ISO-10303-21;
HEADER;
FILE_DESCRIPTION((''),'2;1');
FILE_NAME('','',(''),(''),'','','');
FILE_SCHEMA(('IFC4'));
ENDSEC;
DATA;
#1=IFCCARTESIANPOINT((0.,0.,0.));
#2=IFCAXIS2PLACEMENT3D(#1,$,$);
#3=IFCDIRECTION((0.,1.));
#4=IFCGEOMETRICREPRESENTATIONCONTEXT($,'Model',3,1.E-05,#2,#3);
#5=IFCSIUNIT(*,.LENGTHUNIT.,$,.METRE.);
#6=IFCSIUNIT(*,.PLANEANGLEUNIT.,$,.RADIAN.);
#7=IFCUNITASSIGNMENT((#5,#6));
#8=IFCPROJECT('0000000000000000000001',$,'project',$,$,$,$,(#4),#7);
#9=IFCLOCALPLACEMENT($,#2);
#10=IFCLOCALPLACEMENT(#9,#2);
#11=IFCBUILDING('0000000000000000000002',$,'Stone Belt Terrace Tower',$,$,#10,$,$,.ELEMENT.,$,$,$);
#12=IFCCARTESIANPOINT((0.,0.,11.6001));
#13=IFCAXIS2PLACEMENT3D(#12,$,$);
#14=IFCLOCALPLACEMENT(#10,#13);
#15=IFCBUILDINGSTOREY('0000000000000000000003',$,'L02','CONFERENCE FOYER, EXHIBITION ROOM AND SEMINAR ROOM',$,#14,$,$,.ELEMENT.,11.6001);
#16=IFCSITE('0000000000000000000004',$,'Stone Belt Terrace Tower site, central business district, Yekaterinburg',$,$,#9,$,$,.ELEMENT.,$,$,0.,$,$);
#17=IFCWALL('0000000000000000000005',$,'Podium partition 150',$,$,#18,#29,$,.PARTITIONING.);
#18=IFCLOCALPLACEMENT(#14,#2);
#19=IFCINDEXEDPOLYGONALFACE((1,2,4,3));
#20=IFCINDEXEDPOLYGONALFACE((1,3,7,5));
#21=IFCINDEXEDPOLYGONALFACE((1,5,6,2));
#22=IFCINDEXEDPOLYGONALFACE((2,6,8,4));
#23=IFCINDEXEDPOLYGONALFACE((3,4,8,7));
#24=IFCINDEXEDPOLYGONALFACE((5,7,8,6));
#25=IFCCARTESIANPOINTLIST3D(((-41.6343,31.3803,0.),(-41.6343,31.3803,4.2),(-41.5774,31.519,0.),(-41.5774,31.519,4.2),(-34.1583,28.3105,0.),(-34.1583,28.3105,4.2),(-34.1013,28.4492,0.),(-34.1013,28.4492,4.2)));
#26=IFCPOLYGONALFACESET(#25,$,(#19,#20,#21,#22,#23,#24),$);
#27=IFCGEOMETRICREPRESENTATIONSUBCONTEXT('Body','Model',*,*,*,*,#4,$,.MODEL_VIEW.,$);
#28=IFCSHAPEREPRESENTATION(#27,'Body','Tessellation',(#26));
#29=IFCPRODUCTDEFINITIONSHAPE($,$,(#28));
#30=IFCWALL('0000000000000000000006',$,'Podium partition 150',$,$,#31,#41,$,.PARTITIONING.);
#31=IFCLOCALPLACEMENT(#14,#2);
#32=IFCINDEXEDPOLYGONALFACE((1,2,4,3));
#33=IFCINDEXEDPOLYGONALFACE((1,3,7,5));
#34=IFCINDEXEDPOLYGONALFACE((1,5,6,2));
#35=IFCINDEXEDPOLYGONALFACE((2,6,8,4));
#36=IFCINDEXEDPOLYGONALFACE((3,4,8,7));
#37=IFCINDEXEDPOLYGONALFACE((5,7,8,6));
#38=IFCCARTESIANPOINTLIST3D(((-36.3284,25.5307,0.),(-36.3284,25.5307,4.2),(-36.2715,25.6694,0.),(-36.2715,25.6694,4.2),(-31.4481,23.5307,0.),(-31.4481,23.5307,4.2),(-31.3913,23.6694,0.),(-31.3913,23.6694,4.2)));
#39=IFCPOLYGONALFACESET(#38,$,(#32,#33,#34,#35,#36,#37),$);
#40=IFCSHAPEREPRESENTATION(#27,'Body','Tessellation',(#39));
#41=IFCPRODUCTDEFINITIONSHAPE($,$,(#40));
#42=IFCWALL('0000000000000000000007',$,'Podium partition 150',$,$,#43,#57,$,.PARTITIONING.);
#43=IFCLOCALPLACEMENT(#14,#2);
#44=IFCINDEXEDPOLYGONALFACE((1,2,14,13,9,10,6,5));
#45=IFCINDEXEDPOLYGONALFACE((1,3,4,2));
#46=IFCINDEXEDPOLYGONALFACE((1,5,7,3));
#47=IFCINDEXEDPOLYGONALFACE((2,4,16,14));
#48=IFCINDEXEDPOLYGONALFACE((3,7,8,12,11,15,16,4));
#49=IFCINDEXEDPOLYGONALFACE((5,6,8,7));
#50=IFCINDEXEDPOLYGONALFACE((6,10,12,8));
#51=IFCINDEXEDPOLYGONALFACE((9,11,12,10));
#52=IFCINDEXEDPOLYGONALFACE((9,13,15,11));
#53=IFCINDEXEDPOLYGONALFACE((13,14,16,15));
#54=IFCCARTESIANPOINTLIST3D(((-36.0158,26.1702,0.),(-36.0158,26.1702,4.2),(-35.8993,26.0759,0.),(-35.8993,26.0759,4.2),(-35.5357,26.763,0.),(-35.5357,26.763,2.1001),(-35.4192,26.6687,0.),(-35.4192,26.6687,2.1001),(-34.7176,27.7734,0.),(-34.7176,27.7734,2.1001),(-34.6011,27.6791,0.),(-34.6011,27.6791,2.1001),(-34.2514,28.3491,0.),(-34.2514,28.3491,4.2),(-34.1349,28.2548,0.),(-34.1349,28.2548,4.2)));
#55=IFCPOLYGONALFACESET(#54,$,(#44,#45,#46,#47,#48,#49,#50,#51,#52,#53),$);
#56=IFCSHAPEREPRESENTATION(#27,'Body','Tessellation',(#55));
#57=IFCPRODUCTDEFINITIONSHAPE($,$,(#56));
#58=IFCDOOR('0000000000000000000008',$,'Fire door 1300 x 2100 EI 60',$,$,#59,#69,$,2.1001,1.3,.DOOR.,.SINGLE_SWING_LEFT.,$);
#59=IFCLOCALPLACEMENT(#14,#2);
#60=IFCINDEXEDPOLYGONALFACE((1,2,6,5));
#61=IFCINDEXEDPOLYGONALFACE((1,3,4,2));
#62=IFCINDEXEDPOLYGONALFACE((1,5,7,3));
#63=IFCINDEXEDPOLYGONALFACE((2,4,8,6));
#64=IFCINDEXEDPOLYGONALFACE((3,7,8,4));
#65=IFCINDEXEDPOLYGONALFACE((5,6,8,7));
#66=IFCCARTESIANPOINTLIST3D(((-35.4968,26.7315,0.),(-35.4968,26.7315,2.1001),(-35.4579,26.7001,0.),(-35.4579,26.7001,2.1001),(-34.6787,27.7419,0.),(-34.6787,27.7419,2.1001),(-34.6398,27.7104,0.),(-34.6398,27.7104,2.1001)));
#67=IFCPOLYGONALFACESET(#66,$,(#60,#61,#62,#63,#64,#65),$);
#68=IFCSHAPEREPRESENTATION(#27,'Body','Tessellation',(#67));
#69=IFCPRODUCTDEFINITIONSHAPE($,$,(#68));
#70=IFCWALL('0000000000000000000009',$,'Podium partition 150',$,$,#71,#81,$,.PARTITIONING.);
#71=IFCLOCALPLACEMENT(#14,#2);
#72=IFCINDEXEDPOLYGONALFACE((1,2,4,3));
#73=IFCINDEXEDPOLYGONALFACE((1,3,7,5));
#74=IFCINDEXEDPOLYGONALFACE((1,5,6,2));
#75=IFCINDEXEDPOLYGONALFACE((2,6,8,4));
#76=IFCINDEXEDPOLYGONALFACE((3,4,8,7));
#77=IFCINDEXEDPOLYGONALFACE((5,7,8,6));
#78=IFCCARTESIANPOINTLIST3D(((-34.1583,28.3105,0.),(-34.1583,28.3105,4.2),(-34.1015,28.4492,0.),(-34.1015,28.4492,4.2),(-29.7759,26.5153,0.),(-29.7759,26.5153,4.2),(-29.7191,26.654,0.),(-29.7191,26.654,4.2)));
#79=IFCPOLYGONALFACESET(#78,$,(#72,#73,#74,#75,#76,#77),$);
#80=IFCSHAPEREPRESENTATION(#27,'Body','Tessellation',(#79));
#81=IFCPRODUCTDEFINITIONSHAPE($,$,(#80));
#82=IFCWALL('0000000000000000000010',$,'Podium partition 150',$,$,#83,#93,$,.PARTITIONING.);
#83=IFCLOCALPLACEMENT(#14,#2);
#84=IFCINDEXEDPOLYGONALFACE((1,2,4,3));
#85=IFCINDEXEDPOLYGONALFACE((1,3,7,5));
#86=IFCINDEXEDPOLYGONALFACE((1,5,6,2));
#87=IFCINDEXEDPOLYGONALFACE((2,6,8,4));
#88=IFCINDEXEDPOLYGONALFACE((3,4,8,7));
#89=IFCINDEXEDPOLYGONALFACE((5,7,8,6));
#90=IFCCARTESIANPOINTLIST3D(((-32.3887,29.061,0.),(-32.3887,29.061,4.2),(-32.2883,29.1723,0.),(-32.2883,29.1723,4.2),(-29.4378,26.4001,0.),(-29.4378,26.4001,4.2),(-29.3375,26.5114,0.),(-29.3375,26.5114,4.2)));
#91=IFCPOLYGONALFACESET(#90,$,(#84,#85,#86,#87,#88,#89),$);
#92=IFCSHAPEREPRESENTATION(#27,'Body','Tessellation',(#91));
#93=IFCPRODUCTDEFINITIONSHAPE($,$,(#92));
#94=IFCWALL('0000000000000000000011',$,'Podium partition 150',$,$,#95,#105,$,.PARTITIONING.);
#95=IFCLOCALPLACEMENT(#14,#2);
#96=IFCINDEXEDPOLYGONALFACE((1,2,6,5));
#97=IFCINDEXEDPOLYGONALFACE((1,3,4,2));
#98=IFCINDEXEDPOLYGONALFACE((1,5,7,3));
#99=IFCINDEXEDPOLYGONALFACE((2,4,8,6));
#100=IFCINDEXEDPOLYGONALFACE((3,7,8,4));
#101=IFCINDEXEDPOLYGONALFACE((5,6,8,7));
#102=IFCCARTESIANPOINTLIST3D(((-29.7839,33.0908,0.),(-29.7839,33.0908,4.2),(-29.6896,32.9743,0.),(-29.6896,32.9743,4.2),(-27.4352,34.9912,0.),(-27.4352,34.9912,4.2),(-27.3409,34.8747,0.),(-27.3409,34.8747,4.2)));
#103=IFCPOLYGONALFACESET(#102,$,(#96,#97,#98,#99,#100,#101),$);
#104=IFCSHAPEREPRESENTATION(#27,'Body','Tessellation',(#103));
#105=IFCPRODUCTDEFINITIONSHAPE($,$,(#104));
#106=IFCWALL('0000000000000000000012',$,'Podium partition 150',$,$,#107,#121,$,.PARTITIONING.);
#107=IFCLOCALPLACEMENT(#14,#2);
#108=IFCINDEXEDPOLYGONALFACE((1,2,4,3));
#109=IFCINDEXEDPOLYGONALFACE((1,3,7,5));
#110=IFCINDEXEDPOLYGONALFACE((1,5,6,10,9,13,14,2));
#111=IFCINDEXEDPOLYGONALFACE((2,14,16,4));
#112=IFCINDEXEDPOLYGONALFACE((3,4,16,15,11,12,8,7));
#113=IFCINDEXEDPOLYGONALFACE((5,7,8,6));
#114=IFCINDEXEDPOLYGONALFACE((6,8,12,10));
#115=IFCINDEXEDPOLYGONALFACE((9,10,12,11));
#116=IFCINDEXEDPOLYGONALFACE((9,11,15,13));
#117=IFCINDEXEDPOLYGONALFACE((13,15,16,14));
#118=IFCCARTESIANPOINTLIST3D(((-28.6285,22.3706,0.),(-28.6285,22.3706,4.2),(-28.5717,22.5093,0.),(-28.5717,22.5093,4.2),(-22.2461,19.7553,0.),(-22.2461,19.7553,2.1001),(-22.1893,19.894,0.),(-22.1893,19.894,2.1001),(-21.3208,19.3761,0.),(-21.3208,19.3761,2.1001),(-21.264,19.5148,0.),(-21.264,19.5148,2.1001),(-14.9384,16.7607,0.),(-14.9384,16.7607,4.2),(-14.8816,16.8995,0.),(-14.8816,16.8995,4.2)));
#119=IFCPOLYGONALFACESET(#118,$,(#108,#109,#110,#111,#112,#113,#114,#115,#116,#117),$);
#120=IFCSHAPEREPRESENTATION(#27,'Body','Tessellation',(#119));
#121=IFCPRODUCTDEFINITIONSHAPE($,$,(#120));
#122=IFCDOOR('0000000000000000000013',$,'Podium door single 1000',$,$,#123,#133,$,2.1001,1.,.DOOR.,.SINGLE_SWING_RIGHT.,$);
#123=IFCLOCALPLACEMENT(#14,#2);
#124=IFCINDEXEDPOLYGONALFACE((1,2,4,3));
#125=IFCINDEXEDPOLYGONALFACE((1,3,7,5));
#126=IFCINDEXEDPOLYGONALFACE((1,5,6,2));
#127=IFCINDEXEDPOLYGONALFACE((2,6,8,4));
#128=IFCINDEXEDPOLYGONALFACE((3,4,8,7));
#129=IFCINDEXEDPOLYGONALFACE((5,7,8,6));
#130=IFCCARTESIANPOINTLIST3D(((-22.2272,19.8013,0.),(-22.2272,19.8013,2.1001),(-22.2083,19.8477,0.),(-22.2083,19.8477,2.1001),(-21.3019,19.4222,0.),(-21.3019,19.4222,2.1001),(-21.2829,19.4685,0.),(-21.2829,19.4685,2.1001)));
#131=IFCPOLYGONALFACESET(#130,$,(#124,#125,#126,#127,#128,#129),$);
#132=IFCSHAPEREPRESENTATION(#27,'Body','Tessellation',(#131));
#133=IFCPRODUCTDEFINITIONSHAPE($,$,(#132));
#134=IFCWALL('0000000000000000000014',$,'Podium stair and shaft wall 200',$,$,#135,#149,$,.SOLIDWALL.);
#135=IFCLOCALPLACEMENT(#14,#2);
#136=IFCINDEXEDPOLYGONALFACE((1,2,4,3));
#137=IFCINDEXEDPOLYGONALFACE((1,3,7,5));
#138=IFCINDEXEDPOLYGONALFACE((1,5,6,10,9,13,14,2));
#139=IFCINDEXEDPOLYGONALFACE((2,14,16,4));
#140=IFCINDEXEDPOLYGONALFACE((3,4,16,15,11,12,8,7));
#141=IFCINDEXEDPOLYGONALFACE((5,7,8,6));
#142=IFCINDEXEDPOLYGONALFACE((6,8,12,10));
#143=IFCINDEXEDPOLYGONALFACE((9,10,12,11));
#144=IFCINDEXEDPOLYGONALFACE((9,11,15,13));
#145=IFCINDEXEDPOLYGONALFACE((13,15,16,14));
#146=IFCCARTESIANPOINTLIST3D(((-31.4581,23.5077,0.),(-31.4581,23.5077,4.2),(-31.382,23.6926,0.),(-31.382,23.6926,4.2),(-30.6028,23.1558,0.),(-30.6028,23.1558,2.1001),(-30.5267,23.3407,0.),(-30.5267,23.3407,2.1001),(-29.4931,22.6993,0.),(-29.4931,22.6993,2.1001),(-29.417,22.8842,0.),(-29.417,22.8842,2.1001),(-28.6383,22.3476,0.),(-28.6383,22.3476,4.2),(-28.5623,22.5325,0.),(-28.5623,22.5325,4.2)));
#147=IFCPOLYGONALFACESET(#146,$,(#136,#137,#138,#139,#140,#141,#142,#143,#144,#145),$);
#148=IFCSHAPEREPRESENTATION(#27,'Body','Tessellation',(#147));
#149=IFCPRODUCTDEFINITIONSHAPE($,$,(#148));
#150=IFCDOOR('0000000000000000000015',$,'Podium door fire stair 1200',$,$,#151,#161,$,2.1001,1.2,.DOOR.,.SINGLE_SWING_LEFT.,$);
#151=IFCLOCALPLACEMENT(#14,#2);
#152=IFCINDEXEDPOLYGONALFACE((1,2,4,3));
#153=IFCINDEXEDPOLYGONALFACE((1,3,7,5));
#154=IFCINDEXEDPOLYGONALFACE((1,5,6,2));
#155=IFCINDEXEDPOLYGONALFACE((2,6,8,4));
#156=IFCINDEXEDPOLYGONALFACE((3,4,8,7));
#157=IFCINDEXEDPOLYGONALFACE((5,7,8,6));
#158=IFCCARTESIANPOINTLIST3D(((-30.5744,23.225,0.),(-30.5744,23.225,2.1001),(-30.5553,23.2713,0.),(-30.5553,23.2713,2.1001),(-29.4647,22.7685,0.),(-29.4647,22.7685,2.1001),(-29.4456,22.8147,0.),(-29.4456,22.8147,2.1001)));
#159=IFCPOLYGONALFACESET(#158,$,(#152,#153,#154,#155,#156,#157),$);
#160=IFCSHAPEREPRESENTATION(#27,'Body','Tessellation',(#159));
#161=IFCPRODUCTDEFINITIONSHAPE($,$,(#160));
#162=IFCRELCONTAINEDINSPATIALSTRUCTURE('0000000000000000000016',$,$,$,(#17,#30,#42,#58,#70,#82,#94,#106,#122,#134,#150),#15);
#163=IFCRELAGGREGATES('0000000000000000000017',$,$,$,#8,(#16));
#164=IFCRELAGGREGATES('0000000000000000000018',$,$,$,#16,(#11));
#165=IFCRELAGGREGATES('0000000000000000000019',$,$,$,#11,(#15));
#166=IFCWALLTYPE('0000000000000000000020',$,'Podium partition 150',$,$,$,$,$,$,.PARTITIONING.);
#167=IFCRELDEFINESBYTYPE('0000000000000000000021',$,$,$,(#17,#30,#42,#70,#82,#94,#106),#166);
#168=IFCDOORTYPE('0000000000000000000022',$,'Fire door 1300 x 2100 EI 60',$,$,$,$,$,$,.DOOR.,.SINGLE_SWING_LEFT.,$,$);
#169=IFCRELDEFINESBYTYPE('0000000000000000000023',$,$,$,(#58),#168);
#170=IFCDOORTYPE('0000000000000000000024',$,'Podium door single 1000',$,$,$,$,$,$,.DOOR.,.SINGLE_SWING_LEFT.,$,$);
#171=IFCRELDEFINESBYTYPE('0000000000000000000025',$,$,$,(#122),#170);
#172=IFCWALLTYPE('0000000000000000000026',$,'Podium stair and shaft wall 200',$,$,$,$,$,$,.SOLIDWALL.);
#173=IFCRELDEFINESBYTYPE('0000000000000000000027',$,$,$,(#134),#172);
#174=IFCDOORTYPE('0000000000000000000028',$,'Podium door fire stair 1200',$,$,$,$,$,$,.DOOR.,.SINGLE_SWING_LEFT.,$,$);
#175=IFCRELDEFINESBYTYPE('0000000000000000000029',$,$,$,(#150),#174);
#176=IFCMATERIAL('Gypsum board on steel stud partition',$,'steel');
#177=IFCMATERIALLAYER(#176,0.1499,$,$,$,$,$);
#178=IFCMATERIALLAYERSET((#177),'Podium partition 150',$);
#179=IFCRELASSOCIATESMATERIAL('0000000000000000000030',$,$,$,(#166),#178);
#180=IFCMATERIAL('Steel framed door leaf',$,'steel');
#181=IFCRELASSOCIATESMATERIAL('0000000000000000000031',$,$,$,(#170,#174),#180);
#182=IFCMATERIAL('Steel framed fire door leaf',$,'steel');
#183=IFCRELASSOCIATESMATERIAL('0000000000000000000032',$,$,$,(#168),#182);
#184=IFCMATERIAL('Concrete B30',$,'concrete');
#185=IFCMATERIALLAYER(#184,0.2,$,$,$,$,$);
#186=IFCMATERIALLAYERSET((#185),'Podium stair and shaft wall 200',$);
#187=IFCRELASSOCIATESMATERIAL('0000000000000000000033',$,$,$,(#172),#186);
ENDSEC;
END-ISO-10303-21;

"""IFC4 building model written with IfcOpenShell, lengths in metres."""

from ifc_helpers import new_model, si_unit, direction, frame, frame_2d, origin, place, context, subcontext, project, spatial, rectangle, extrude, material, layer, layer_set, type_object, element, fill, save


model = new_model("IFC4")

# Units and contexts
model_context = context("Model", 3, precision=1e-05, world=origin(), true_north=direction((0.0, 1.0)))
body_context = subcontext(model_context, "Body", "Model", "MODEL_VIEW")
ifc_project = project(units=[si_unit("LENGTHUNIT", "METRE"), si_unit("PLANEANGLEUNIT", "RADIAN")], contexts=[model_context])

# Site, building, storey
site_placement = place(None, origin())
site = spatial("IfcSite", under=ifc_project, at=site_placement, Name="Stone Belt Terrace Tower site, central business district, Yekaterinburg", CompositionType="ELEMENT", RefElevation=0.0)
building_placement = place(site_placement, origin())
building = spatial("IfcBuilding", under=site, at=building_placement, Name="Stone Belt Terrace Tower", CompositionType="ELEMENT")
storey_placement = place(building_placement, frame((0.0, 0.0, 11.6001)))
storey = spatial("IfcBuildingStorey", under=building, at=storey_placement, Name="L02", Description="CONFERENCE FOYER, EXHIBITION ROOM AND SEMINAR ROOM", CompositionType="ELEMENT", Elevation=11.6001)

# Shared definitions
ifc_material_1 = material(Name="Concrete B30", Category="concrete")

# Shared definitions
ifc_material_2 = material(Name="Gypsum board on steel stud partition", Category="steel")
ifc_layer_1 = layer(ifc_material_2, 0.1499)
ifc_layer_set_1 = layer_set([ifc_layer_1], Name="Podium partition 150")
wall_type_1 = type_object("IfcWallType", Name="Podium partition 150", PredefinedType="PARTITIONING", material=ifc_layer_set_1)
ifc_material_3 = material(Name="Steel framed door leaf", Category="steel")
door_type_1 = type_object("IfcDoorType", Name="Podium door single 1000", OperationType="SINGLE_SWING_LEFT", PredefinedType="DOOR", material=ifc_material_3)

# Walls
wall_1_placement = place(storey_placement, frame((-41.606, 31.4497, 0.0), z_axis=(0.0, 0.0, 1.0), x_axis=(0.925051, -0.379844, 0.0)))
element("IfcWall", 1, at=wall_1_placement, inside=storey, type_object=wall_type_1, Name="Podium partition 150", PredefinedType="PARTITIONING", context=body_context, shape_type="SweptSolid", body=[
    extrude(rectangle(XDim=8.0818, YDim=0.1499, at=frame_2d((4.041, 0.0))), origin(), (0.0, 0.0, 1.0), 4.2),
])
wall_2_placement = place(storey_placement, frame((-36.3, 25.6001, 0.0), z_axis=(0.0, 0.0, 1.0), x_axis=(0.925309, -0.379215, 0.0)))
element("IfcWall", 2, at=wall_2_placement, inside=storey, type_object=wall_type_1, Name="Podium partition 150", PredefinedType="PARTITIONING", context=body_context, shape_type="SweptSolid", body=[
    extrude(rectangle(XDim=5.2742, YDim=0.1499, at=frame_2d((2.6372, 0.0))), origin(), (0.0, 0.0, 1.0), 4.2),
])

# Wall, opening, door
wall_3_placement = place(storey_placement, frame((-35.9575, 26.123, 0.0), z_axis=(0.0, 0.0, 1.0), x_axis=(0.629303, 0.77716, 0.0)))
wall_3 = element("IfcWall", 3, at=wall_3_placement, inside=storey, type_object=wall_type_1, Name="Podium partition 150", PredefinedType="PARTITIONING", context=body_context, shape_type="SweptSolid", body=[
    extrude(rectangle(XDim=2.8037, YDim=0.1499, at=frame_2d((1.4019, 0.0))), origin(), (0.0, 0.0, 1.0), 4.2),
])
opening_1_placement = place(wall_3_placement, frame((0.7629, 0.0, 0.0)))
opening_1 = element("IfcOpeningElement", 4, at=opening_1_placement, cuts=wall_3, PredefinedType="OPENING", context=body_context, shape_type="SweptSolid", body=[
    extrude(rectangle(XDim=1.3, YDim=2.1001, at=frame_2d((0.6499, 1.05))), frame((0.0, 0.085, 0.0), z_axis=(0.0, -1.0, 0.0), x_axis=(1.0, 0.0, 0.0)), (0.0, 0.0, 1.0), 0.1699),
])
ifc_material_4 = material(Name="Steel framed fire door leaf", Category="steel")
door_type_2 = type_object("IfcDoorType", Name="Fire door 1300 x 2100 EI 60", OperationType="SINGLE_SWING_LEFT", PredefinedType="DOOR", material=ifc_material_4)
door_1_placement = place(opening_1_placement, origin())
door_1 = element("IfcDoor", 5, at=door_1_placement, inside=storey, type_object=door_type_2, Name="Fire door 1300 x 2100 EI 60", OperationType="SINGLE_SWING_LEFT", OverallHeight=2.1001, OverallWidth=1.3, PredefinedType="DOOR", context=body_context, shape_type="SweptSolid", body=[
    extrude(rectangle(XDim=1.3, YDim=2.1001, at=frame_2d((0.6499, 1.05))), frame((0.0, 0.0249, 0.0), z_axis=(0.0, -1.0, 0.0), x_axis=(1.0, 0.0, 0.0)), (0.0, 0.0, 1.0), 0.05),
])
fill(opening_1, door_1)

# Walls
wall_4_placement = place(storey_placement, frame((-34.1299, 28.3799, 0.0), z_axis=(0.0, 0.0, 1.0), x_axis=(0.925369, -0.379066, 0.0)))
element("IfcWall", 6, at=wall_4_placement, inside=storey, type_object=wall_type_1, Name="Podium partition 150", PredefinedType="PARTITIONING", context=body_context, shape_type="SweptSolid", body=[
    extrude(rectangle(XDim=4.7358, YDim=0.1499, at=frame_2d((2.3679, 0.0))), origin(), (0.0, 0.0, 1.0), 4.2),
])
wall_5_placement = place(storey_placement, frame((-32.3386, 29.1167, 0.0), z_axis=(0.0, 0.0, 1.0), x_axis=(0.742661, -0.669667, 0.0)))
element("IfcWall", 7, at=wall_5_placement, inside=storey, type_object=wall_type_1, Name="Podium partition 150", PredefinedType="PARTITIONING", context=body_context, shape_type="SweptSolid", body=[
    extrude(rectangle(XDim=3.9734, YDim=0.1499, at=frame_2d((1.9868, 0.0))), origin(), (0.0, 0.0, 1.0), 4.2),
])
wall_6_placement = place(storey_placement, frame((-29.7368, 33.0325, 0.0), z_axis=(0.0, 0.0, 1.0), x_axis=(0.777388, 0.629022, 0.0)))
element("IfcWall", 8, at=wall_6_placement, inside=storey, type_object=wall_type_1, Name="Podium partition 150", PredefinedType="PARTITIONING", context=body_context, shape_type="SweptSolid", body=[
    extrude(rectangle(XDim=3.0212, YDim=0.1499, at=frame_2d((1.5107, 0.0))), origin(), (0.0, 0.0, 1.0), 4.2),
])

# Walls, openings, doors
wall_7_placement = place(storey_placement, frame((-28.6001, 22.4399, 0.0), z_axis=(0.0, 0.0, 1.0), x_axis=(0.925326, -0.379173, 0.0)))
wall_7 = element("IfcWall", 9, at=wall_7_placement, inside=storey, type_object=wall_type_1, Name="Podium partition 150", PredefinedType="PARTITIONING", context=body_context, shape_type="SweptSolid", body=[
    extrude(rectangle(XDim=14.7949, YDim=0.1499, at=frame_2d((7.3975, 0.0))), origin(), (0.0, 0.0, 1.0), 4.2),
])
opening_2_placement = place(wall_7_placement, frame((6.8975, 0.0, 0.0)))
opening_2 = element("IfcOpeningElement", 10, at=opening_2_placement, cuts=wall_7, PredefinedType="OPENING", context=body_context, shape_type="SweptSolid", body=[
    extrude(rectangle(XDim=1.0, YDim=2.1001, at=frame_2d((0.5, 1.05))), frame((0.0, 0.085, 0.0), z_axis=(0.0, -1.0, 0.0), x_axis=(1.0, 0.0, 0.0)), (0.0, 0.0, 1.0), 0.1699),
])
door_2_placement = place(opening_2_placement, origin())
door_2 = element("IfcDoor", 11, at=door_2_placement, inside=storey, type_object=door_type_1, Name="Podium door single 1000", OperationType="SINGLE_SWING_RIGHT", OverallHeight=2.1001, OverallWidth=1.0, PredefinedType="DOOR", context=body_context, shape_type="SweptSolid", body=[
    extrude(rectangle(XDim=1.0, YDim=2.1001, at=frame_2d((0.5, 1.05))), frame((0.0, 0.0249, 0.0), z_axis=(0.0, -1.0, 0.0), x_axis=(1.0, 0.0, 0.0)), (0.0, 0.0, 1.0), 0.05),
])
fill(opening_2, door_2)
ifc_layer_2 = layer(ifc_material_1, 0.2)
ifc_layer_set_2 = layer_set([ifc_layer_2], Name="Podium stair and shaft wall 200")
wall_type_2 = type_object("IfcWallType", Name="Podium stair and shaft wall 200", PredefinedType="SOLIDWALL", material=ifc_layer_set_2)
wall_8_placement = place(storey_placement, frame((-31.4199, 23.6001, 0.0), z_axis=(0.0, 0.0, 1.0), x_axis=(0.924788, -0.380484, 0.0)))
wall_8 = element("IfcWall", 12, at=wall_8_placement, inside=storey, type_object=wall_type_2, Name="Podium stair and shaft wall 200", PredefinedType="SOLIDWALL", context=body_context, shape_type="SweptSolid", body=[
    extrude(rectangle(XDim=3.0491, YDim=0.2, at=frame_2d((1.5244, 0.0))), origin(), (0.0, 0.0, 1.0), 4.2),
])
opening_3_placement = place(wall_8_placement, frame((0.9246, 0.0, 0.0)))
opening_3 = element("IfcOpeningElement", 13, at=opening_3_placement, cuts=wall_8, PredefinedType="OPENING", context=body_context, shape_type="SweptSolid", body=[
    extrude(rectangle(XDim=1.2, YDim=2.1001, at=frame_2d((0.6001, 1.05))), frame((0.0, 0.1099, 0.0), z_axis=(0.0, -1.0, 0.0), x_axis=(1.0, 0.0, 0.0)), (0.0, 0.0, 1.0), 0.22),
])
door_type_3 = type_object("IfcDoorType", Name="Podium door fire stair 1200", OperationType="SINGLE_SWING_LEFT", PredefinedType="DOOR", material=ifc_material_3)
door_3_placement = place(opening_3_placement, origin())
door_3 = element("IfcDoor", 14, at=door_3_placement, inside=storey, type_object=door_type_3, Name="Podium door fire stair 1200", OperationType="SINGLE_SWING_LEFT", OverallHeight=2.1001, OverallWidth=1.2, PredefinedType="DOOR", context=body_context, shape_type="SweptSolid", body=[
    extrude(rectangle(XDim=1.2, YDim=2.1001, at=frame_2d((0.6001, 1.05))), frame((0.0, 0.0249, 0.0), z_axis=(0.0, -1.0, 0.0), x_axis=(1.0, 0.0, 0.0)), (0.0, 0.0, 1.0), 0.05),
])
fill(opening_3, door_3)

save(model, "model.ifc")
